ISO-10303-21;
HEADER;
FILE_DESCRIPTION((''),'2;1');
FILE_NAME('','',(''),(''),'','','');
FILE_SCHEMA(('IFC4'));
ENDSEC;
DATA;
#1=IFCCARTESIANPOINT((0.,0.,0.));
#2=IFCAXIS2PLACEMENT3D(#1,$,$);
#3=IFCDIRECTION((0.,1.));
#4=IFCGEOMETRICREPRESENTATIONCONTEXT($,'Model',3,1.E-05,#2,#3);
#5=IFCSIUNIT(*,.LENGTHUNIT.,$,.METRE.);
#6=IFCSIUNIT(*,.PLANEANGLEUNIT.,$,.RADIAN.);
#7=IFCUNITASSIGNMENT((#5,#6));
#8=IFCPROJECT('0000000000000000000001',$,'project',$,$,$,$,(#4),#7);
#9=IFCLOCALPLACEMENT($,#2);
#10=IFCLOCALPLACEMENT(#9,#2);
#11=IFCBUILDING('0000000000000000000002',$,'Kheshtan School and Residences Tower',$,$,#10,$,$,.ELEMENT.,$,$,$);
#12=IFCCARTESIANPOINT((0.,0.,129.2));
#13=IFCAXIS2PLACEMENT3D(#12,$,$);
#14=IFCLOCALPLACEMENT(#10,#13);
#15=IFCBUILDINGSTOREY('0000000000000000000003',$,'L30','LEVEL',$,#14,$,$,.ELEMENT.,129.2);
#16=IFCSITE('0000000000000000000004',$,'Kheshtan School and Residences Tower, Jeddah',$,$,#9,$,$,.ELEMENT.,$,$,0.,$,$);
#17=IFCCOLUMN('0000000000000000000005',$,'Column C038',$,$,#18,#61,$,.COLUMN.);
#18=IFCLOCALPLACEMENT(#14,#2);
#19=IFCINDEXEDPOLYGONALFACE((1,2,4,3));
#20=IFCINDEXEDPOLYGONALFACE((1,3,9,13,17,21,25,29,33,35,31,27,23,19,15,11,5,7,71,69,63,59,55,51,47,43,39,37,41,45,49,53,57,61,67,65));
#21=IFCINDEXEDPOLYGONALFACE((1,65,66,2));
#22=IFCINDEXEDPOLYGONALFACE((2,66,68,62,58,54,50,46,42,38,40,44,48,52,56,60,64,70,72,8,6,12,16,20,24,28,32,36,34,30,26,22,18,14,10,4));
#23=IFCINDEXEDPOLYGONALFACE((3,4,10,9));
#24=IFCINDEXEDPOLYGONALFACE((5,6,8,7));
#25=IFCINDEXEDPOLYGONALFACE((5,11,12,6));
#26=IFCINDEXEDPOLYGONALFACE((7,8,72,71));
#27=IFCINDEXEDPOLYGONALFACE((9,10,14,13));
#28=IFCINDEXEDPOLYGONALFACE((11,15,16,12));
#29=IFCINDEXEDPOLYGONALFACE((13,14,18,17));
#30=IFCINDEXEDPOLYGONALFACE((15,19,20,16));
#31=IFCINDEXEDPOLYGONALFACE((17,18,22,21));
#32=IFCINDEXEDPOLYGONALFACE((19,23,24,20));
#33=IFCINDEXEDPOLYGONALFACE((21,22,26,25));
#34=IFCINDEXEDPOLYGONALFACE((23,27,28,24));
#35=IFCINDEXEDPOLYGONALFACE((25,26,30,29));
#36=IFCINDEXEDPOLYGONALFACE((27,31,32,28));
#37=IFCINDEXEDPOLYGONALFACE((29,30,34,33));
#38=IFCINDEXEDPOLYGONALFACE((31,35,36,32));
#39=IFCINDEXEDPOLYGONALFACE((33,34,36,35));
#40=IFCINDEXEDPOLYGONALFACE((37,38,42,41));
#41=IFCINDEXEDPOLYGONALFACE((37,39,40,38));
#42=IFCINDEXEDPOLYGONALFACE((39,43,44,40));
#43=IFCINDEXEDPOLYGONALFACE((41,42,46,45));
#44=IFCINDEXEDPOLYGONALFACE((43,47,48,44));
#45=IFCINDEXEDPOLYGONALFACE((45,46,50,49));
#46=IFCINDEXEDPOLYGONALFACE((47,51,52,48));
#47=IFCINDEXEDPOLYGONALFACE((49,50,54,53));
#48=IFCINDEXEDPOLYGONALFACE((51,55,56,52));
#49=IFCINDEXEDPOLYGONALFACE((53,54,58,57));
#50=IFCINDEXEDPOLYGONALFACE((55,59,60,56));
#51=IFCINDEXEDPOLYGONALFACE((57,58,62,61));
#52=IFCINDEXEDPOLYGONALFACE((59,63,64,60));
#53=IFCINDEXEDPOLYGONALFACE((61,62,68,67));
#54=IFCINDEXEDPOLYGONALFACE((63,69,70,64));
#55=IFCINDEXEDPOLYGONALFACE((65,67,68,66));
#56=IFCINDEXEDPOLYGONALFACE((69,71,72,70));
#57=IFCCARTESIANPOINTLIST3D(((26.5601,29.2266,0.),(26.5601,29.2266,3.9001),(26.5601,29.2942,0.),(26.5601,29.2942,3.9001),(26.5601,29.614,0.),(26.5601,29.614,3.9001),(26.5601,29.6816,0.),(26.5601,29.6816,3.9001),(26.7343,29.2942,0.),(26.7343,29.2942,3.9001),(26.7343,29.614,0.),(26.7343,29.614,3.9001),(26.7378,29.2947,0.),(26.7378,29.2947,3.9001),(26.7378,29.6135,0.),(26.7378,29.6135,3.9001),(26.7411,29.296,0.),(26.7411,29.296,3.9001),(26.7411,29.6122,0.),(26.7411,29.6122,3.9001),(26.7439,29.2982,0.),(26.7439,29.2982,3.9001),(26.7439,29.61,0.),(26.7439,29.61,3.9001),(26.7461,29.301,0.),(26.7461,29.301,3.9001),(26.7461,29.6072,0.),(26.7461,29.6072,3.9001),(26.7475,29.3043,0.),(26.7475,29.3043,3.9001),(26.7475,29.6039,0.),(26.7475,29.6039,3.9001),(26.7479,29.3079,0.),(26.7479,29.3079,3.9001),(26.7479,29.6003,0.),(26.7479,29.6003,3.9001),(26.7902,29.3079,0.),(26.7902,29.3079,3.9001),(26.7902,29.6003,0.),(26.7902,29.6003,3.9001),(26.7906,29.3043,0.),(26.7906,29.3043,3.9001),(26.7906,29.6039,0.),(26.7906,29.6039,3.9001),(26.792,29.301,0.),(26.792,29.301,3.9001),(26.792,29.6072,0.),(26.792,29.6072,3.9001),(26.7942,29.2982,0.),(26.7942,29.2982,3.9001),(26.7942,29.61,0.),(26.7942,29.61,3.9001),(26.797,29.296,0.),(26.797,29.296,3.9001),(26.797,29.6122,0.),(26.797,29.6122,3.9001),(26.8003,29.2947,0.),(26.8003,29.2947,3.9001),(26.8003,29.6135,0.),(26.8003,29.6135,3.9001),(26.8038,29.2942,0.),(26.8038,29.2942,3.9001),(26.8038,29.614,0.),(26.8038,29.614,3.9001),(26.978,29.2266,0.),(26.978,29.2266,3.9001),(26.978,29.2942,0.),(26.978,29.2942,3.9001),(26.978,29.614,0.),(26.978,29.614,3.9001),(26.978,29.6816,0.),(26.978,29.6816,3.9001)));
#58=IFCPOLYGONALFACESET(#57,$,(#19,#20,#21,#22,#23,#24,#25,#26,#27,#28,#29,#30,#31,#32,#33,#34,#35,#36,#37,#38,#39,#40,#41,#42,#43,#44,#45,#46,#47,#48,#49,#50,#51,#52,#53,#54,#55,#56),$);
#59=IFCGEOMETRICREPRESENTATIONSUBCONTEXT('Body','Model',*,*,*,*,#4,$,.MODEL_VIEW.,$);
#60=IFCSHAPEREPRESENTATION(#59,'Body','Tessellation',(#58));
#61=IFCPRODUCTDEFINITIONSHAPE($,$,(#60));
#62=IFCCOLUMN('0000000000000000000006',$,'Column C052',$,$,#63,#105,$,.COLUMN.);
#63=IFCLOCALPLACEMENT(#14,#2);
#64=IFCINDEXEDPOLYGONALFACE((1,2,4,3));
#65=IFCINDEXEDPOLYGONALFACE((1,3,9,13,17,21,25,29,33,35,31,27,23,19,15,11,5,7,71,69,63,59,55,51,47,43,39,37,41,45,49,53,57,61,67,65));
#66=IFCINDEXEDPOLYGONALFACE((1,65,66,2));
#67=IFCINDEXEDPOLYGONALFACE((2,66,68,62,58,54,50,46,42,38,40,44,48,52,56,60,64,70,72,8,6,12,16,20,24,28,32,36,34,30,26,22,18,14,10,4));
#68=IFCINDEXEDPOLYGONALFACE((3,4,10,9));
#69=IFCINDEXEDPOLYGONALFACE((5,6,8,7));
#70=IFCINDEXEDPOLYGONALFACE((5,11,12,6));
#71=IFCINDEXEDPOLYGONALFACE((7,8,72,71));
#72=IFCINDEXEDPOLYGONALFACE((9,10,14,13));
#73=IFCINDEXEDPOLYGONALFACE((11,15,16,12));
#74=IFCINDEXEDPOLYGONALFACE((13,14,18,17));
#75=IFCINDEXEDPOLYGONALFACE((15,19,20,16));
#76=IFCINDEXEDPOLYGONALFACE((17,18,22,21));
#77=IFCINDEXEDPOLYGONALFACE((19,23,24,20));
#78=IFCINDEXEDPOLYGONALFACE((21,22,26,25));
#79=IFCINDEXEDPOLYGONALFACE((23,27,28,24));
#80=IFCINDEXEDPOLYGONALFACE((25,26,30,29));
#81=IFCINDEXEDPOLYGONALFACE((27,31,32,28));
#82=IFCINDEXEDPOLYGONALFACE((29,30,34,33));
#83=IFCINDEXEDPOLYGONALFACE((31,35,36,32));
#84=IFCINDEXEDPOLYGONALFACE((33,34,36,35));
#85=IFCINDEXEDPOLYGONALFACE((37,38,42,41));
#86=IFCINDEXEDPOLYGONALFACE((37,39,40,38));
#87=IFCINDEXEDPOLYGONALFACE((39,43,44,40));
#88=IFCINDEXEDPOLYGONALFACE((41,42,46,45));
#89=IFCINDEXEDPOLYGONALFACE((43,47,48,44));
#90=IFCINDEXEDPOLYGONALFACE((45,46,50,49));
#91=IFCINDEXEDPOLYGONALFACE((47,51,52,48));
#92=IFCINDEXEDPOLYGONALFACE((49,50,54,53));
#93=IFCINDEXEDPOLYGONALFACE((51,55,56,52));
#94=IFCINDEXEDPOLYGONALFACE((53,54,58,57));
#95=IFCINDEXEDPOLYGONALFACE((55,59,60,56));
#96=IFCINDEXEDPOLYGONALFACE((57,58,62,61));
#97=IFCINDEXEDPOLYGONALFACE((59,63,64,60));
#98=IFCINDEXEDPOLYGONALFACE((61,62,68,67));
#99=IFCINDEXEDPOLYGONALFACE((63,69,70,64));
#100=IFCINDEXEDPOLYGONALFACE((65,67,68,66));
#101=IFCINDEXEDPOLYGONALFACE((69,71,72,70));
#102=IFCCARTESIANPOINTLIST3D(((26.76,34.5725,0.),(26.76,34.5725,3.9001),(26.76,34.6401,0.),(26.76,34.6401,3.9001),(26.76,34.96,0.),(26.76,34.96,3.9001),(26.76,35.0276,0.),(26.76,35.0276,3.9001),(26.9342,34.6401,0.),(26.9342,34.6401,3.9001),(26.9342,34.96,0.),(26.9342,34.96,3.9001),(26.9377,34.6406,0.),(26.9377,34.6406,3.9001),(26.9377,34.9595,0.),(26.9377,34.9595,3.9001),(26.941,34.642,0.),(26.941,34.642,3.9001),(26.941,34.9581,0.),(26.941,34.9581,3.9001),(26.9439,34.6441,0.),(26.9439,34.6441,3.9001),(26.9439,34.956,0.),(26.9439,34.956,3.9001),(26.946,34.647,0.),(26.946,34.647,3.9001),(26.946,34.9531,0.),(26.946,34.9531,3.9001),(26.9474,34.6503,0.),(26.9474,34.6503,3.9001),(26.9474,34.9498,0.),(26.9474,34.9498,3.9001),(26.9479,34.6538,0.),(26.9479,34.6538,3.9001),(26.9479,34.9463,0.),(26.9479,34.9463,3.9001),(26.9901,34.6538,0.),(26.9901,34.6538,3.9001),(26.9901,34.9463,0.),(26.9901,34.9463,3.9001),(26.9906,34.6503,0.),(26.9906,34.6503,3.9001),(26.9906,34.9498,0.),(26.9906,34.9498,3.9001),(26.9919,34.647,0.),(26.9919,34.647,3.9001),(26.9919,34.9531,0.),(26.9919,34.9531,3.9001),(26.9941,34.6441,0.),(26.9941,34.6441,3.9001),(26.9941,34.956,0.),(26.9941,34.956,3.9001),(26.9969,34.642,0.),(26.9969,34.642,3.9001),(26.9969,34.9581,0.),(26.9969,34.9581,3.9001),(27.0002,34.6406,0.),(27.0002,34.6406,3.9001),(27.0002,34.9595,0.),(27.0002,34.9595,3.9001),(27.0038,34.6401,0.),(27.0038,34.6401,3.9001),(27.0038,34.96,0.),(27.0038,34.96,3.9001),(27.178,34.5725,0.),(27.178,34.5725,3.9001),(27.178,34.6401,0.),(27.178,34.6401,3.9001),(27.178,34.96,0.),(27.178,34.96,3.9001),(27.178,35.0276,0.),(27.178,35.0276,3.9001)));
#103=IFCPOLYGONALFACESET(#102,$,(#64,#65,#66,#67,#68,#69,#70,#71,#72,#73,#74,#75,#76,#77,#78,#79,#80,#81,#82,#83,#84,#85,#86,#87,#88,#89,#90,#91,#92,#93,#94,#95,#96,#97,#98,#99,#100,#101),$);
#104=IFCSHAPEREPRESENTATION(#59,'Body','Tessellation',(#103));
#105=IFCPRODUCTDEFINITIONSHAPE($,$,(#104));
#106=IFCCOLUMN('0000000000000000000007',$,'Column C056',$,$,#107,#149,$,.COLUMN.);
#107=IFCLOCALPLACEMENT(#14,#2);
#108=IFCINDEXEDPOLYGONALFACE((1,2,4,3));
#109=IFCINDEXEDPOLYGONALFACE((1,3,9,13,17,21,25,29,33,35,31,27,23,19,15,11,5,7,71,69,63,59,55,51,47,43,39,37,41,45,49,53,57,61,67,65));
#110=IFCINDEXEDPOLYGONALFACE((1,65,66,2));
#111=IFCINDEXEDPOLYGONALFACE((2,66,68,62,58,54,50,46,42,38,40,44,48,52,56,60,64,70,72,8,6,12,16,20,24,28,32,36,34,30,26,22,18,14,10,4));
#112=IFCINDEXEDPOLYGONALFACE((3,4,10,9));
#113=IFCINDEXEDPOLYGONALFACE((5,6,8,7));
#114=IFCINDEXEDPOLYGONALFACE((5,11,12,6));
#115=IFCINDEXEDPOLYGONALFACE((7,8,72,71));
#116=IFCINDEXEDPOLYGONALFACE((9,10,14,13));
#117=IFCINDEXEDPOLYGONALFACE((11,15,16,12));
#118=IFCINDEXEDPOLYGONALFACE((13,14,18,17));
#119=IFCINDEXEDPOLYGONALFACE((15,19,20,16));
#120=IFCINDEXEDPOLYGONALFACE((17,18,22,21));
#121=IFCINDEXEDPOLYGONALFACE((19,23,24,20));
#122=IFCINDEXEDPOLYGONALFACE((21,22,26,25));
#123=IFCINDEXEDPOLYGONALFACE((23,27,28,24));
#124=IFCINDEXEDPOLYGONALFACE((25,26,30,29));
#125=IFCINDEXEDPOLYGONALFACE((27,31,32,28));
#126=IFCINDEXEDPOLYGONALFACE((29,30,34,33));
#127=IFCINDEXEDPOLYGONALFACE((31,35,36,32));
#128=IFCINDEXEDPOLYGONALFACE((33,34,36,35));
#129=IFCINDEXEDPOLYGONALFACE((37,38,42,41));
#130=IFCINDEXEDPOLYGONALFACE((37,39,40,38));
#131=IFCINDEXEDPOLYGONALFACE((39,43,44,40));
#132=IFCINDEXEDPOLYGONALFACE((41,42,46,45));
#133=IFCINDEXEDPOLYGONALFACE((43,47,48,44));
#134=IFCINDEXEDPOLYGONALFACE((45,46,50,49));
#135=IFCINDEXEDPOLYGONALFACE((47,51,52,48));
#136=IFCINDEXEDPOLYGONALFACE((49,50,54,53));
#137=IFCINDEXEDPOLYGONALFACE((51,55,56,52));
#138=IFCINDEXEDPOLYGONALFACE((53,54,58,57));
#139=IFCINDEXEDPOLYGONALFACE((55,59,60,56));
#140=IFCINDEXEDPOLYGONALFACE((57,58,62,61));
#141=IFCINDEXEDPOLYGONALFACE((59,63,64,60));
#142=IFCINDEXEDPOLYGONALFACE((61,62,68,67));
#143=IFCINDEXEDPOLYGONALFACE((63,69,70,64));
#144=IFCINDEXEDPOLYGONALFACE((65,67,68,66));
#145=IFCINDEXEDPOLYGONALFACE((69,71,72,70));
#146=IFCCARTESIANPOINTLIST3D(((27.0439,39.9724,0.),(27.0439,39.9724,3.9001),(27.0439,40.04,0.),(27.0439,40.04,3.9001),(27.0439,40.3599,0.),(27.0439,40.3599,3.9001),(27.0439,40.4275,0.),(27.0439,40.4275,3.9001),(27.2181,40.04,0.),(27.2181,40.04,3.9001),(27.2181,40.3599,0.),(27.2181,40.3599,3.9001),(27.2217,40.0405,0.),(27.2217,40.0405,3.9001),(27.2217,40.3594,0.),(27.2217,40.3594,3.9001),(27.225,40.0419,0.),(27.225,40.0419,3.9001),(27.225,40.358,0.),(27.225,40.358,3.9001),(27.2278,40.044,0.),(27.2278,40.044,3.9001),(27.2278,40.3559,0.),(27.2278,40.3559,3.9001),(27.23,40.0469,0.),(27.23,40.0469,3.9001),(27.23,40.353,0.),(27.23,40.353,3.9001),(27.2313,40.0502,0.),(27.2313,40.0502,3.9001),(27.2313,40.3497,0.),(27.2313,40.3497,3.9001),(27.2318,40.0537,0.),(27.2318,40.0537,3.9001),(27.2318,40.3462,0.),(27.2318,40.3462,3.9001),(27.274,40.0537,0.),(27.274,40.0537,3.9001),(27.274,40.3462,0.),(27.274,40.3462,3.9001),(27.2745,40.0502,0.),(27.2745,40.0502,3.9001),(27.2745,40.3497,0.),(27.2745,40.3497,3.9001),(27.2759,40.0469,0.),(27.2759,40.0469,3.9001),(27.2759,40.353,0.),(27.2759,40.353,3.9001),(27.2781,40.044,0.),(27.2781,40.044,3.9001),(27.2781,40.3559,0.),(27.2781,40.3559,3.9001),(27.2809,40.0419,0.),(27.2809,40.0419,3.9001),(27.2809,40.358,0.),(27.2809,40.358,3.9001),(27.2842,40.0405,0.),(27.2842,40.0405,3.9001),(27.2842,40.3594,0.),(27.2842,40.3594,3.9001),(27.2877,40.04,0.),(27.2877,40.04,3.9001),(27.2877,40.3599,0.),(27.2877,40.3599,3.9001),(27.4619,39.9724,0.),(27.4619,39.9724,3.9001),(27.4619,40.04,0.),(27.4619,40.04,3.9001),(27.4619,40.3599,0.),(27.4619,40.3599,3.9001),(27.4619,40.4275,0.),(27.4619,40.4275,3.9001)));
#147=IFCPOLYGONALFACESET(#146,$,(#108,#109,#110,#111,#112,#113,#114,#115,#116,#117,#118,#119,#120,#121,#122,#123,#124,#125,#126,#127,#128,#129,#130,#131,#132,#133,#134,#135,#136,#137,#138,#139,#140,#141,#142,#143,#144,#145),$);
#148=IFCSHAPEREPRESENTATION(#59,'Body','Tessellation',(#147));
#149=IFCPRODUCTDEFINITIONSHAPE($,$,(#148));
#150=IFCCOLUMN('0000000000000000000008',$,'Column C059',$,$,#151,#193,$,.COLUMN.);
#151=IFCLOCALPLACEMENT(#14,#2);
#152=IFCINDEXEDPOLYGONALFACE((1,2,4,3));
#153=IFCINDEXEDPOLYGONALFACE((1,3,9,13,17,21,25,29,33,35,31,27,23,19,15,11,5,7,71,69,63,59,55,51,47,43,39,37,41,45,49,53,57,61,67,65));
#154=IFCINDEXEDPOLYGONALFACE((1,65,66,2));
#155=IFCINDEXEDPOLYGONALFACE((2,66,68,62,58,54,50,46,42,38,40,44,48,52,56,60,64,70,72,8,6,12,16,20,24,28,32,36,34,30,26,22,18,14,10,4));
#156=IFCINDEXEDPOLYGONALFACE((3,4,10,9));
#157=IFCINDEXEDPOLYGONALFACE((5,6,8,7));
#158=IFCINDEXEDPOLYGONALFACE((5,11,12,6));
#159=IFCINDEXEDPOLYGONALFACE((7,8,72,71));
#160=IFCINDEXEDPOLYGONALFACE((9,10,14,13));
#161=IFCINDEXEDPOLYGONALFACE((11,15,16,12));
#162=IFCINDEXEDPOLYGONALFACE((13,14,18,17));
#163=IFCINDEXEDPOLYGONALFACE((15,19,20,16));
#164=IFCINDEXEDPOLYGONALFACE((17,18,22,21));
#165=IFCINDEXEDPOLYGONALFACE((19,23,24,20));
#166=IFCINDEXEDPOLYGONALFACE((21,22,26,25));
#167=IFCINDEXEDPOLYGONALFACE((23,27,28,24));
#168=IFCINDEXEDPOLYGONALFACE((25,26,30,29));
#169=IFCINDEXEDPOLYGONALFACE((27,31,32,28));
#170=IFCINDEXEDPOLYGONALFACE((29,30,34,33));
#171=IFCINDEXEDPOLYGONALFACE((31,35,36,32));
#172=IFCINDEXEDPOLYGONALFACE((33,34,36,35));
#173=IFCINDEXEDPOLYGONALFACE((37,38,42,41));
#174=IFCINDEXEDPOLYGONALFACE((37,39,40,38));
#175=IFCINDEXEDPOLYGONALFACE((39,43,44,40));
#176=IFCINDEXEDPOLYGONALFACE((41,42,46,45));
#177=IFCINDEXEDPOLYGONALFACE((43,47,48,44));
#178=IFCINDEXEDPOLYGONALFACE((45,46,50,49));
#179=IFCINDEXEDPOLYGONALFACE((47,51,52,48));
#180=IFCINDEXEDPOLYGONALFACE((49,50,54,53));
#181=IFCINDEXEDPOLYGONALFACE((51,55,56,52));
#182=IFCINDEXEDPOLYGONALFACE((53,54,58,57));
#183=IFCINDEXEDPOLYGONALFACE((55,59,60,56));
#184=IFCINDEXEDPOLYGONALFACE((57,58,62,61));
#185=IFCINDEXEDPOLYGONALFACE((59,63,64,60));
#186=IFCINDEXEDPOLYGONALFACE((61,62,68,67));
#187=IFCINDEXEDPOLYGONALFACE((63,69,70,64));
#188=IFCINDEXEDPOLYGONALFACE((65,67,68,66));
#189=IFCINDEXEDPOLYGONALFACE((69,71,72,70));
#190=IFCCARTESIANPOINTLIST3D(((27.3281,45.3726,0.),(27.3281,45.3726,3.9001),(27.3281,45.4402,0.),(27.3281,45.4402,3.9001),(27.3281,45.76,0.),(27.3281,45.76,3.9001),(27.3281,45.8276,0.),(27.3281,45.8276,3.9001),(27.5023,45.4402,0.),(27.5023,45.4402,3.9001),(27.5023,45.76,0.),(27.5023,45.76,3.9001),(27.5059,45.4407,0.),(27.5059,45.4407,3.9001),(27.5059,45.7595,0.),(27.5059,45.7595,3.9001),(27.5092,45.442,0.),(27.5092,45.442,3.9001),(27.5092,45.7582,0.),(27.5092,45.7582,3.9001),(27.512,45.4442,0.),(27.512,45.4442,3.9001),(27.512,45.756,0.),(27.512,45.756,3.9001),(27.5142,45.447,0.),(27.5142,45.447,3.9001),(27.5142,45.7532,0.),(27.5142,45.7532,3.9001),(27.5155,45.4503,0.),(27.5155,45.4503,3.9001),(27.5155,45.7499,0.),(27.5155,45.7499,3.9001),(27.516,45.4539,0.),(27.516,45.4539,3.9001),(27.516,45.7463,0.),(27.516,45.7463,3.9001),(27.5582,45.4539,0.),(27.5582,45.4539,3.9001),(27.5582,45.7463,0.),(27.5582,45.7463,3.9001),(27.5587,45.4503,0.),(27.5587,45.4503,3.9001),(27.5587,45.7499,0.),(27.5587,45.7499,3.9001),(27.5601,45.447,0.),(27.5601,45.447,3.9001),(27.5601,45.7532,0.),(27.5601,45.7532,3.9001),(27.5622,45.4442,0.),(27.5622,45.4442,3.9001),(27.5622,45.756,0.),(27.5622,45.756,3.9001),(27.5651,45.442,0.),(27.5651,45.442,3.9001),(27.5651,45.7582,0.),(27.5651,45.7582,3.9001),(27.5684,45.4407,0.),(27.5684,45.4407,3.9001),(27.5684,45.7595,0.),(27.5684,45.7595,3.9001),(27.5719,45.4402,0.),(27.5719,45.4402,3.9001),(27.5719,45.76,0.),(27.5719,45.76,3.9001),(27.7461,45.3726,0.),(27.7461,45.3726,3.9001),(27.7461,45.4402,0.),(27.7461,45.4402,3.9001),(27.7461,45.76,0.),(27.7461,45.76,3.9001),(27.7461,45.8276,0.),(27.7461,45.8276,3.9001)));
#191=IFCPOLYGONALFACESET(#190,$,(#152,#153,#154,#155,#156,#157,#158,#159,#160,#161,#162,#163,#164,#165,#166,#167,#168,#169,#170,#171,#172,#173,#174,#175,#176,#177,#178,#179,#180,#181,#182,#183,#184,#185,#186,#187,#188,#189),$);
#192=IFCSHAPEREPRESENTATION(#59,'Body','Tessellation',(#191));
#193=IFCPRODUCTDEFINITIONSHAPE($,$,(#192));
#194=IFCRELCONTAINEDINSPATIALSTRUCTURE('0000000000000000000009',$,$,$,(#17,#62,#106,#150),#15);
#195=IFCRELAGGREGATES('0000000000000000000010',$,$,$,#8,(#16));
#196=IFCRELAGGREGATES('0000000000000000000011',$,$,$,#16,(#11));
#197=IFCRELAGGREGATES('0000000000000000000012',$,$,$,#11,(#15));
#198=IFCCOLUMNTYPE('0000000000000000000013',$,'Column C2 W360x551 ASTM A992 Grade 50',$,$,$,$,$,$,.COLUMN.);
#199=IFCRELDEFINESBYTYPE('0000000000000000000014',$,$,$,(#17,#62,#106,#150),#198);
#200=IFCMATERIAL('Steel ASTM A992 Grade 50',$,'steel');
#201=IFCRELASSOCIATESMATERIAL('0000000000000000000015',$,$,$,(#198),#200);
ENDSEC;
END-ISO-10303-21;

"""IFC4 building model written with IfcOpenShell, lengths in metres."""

from ifc_helpers import new_model, si_unit, direction, frame, origin, origin_2d, place, context, subcontext, project, spatial, i_section, extrude, material, material_profile, profile_set, type_object, element, save


model = new_model("IFC4")

# Units and contexts
model_context = context("Model", 3, precision=1e-05, world=origin(), true_north=direction((0.0, 1.0)))
body_context = subcontext(model_context, "Body", "Model", "MODEL_VIEW")
ifc_project = project(units=[si_unit("LENGTHUNIT", "METRE"), si_unit("PLANEANGLEUNIT", "RADIAN")], contexts=[model_context])

# Site, building, storey
site_placement = place(None, origin())
site = spatial("IfcSite", under=ifc_project, at=site_placement, Name="Kheshtan School and Residences Tower, Jeddah", CompositionType="ELEMENT", RefElevation=0.0)
building_placement = place(site_placement, origin())
building = spatial("IfcBuilding", under=site, at=building_placement, Name="Kheshtan School and Residences Tower", CompositionType="ELEMENT")
storey_placement = place(building_placement, frame((0.0, 0.0, 129.2)))
storey = spatial("IfcBuildingStorey", under=building, at=storey_placement, Name="L30", Description="LEVEL", CompositionType="ELEMENT", Elevation=129.2)

# Columns
ifc_material_1 = material(Name="Steel ASTM A992 Grade 50", Category="steel")
ifc_material_profile_1 = material_profile(ifc_material_1, i_section(OverallWidth=0.418, OverallDepth=0.4551, WebThickness=0.0422, FlangeThickness=0.0676, FilletRadius=0.0137, at=origin_2d()), Name="W360x551")
ifc_profile_set_1 = profile_set([ifc_material_profile_1], Name="Steel ASTM A992 Grade 50")
column_type = type_object("IfcColumnType", Name="Column C2 W360x551 ASTM A992 Grade 50", PredefinedType="COLUMN", material=ifc_profile_set_1)
for number, where, z_axis, x_axis, name in (
    (1, (26.769, 29.4541, 0.0), (0.0, 0.0, 1.0), (1.0, 0.0, 0.0), "Column C038"),
    (2, (26.969, 34.8, 0.0), (0.0, 0.0, 1.0), (1.0, 0.0, 0.0), "Column C052"),
    (3, (27.2529, 40.2, 0.0), (0.0, 0.0, 1.0), (1.0, 0.0, 0.0), "Column C056"),
    (4, (27.5371, 45.6001, 0.0), (0.0, 0.0, 1.0), (1.0, 0.0, 0.0), "Column C059"),
):
    element("IfcColumn", number, at=place(storey_placement, frame(where, z_axis=z_axis, x_axis=x_axis)), inside=storey, type_object=column_type, Name=name, PredefinedType="COLUMN", context=body_context, shape_type="SweptSolid", body=[
        extrude(i_section(OverallWidth=0.418, OverallDepth=0.4551, WebThickness=0.0422, FlangeThickness=0.0676, FilletRadius=0.0137, at=origin_2d()), origin(), (0.0, 0.0, 1.0), 3.9001),
    ])

save(model, "model.ifc")
